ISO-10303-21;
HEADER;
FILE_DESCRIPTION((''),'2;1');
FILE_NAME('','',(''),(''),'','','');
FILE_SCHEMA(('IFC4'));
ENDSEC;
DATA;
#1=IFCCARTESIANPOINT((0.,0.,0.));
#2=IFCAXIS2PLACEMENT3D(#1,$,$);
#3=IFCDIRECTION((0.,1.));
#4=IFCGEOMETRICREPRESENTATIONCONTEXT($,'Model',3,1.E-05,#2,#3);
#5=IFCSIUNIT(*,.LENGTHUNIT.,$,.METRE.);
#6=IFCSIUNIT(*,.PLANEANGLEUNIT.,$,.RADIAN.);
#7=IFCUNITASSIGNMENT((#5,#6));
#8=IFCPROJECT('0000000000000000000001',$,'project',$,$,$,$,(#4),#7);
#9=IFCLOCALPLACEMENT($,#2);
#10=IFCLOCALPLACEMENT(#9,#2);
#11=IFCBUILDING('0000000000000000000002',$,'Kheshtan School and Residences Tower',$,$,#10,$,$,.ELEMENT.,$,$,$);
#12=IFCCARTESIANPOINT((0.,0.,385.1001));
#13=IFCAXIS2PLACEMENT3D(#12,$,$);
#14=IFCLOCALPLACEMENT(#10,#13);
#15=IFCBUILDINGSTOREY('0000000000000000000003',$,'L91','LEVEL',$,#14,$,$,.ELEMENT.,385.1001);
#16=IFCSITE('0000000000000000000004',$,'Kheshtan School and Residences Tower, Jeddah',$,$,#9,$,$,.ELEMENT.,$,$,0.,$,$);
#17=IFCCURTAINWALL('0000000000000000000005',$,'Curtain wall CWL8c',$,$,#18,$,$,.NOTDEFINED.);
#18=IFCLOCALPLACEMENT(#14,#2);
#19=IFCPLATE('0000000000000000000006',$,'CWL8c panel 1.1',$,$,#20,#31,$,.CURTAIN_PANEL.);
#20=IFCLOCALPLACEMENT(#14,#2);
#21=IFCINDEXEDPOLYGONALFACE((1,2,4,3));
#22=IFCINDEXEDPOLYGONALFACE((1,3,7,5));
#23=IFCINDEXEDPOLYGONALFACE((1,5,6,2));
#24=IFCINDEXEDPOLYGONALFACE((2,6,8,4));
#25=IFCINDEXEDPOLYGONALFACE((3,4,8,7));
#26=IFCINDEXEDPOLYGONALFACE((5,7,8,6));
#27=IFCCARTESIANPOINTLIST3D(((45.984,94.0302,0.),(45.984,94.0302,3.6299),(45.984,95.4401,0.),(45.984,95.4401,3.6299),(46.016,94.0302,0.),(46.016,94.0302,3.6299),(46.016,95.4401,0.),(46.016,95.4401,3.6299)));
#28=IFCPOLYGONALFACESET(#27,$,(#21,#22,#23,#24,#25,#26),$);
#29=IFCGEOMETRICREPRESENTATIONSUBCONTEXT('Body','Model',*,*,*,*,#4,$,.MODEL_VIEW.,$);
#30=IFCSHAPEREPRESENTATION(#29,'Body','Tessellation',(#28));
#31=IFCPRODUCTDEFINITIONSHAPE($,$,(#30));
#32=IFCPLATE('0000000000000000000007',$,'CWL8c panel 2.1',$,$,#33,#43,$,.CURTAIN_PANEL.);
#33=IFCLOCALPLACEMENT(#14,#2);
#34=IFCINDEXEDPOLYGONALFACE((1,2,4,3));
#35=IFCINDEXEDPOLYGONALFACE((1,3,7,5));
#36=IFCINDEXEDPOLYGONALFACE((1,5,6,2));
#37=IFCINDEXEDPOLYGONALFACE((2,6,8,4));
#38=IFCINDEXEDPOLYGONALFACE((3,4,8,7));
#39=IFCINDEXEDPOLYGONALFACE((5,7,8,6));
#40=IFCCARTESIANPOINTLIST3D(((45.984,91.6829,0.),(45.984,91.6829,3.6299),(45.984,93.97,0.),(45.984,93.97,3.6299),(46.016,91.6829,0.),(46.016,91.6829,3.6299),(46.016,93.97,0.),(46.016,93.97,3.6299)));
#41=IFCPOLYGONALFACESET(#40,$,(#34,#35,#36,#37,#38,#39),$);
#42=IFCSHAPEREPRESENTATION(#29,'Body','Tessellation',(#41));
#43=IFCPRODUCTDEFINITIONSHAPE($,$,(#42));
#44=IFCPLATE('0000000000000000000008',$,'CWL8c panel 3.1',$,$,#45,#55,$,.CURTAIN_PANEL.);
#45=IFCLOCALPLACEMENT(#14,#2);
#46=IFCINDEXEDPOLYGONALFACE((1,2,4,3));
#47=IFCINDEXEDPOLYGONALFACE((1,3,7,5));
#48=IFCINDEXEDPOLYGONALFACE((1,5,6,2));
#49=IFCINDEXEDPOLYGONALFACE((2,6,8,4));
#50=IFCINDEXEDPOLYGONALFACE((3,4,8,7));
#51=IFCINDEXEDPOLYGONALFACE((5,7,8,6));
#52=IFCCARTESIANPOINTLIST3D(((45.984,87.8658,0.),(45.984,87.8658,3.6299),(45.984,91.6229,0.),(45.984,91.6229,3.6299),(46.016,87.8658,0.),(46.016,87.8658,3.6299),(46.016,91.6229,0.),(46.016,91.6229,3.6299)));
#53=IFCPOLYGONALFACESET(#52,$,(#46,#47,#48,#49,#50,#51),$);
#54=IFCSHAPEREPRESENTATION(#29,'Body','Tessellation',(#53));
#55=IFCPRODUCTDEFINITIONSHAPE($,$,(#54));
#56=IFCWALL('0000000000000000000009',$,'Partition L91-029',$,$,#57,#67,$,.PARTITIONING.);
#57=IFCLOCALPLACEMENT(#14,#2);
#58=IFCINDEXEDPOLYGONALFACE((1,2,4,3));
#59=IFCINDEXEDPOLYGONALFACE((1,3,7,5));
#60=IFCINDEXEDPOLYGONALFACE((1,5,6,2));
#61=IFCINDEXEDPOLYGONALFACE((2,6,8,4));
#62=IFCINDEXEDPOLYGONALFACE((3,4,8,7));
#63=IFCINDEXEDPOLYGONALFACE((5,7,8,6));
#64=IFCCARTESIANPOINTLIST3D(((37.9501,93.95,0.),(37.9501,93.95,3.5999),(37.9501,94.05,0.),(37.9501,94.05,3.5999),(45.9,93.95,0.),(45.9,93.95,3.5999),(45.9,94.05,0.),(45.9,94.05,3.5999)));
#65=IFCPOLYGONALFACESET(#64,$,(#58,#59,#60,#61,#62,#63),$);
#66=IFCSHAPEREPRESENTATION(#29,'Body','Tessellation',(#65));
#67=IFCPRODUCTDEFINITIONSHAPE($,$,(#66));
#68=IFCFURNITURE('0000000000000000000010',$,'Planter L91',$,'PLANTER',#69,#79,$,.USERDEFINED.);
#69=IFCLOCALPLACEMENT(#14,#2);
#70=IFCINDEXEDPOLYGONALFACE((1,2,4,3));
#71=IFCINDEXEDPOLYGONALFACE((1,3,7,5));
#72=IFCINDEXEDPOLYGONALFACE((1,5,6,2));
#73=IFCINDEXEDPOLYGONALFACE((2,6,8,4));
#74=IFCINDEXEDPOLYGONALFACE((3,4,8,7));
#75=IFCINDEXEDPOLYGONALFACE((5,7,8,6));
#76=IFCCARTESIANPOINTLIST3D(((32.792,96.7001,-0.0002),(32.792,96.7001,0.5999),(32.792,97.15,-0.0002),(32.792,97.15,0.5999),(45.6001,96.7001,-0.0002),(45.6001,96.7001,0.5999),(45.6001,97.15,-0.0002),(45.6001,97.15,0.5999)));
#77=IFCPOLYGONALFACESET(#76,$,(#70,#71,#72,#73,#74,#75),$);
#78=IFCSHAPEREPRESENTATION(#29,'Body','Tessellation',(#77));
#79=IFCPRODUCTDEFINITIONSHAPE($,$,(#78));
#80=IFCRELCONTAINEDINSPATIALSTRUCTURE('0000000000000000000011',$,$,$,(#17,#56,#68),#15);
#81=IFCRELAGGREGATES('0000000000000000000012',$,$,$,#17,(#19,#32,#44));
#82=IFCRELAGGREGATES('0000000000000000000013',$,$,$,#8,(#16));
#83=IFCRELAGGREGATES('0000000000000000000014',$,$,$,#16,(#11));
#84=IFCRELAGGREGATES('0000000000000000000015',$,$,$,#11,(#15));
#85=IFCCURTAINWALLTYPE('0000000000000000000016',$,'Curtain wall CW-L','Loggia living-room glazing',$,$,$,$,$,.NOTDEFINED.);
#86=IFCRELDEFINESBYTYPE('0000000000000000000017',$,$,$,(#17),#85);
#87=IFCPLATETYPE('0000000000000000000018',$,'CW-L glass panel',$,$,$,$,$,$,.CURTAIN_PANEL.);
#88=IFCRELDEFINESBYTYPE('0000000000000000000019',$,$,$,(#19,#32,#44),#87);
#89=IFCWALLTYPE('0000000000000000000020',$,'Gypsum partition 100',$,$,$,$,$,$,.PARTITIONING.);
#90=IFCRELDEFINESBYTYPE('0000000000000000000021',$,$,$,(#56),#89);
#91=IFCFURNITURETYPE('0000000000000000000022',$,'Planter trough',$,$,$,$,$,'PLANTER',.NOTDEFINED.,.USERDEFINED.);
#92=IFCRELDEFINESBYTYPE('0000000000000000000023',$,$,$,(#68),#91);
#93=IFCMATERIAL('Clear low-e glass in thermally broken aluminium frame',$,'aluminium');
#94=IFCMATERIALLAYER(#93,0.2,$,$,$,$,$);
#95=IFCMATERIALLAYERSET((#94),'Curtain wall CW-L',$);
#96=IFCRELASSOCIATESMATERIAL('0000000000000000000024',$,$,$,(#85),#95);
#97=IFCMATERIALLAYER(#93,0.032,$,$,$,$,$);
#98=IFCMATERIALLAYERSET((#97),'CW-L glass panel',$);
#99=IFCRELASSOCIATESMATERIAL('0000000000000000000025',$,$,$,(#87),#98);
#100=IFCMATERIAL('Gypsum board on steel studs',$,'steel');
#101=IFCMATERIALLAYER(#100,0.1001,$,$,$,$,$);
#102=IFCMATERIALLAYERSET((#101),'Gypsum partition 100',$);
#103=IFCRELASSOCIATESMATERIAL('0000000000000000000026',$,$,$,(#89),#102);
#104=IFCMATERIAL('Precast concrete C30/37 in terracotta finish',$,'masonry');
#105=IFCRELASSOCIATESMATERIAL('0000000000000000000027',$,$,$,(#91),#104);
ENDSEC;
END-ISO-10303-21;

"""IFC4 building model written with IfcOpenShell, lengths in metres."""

from ifc_helpers import new_model, si_unit, direction, frame, frame_2d, origin, origin_2d, place, context, subcontext, project, spatial, rectangle, extrude, material, layer, layer_set, type_object, element, aggregate, save


model = new_model("IFC4")

# Units and contexts
model_context = context("Model", 3, precision=1e-05, world=origin(), true_north=direction((0.0, 1.0)))
body_context = subcontext(model_context, "Body", "Model", "MODEL_VIEW")
ifc_project = project(units=[si_unit("LENGTHUNIT", "METRE"), si_unit("PLANEANGLEUNIT", "RADIAN")], contexts=[model_context])

# Site, building, storey
site_placement = place(None, origin())
site = spatial("IfcSite", under=ifc_project, at=site_placement, Name="Kheshtan School and Residences Tower, Jeddah", CompositionType="ELEMENT", RefElevation=0.0)
building_placement = place(site_placement, origin())
building = spatial("IfcBuilding", under=site, at=building_placement, Name="Kheshtan School and Residences Tower", CompositionType="ELEMENT")
storey_placement = place(building_placement, frame((0.0, 0.0, 385.1001)))
storey = spatial("IfcBuildingStorey", under=building, at=storey_placement, Name="L91", Description="LEVEL", CompositionType="ELEMENT", Elevation=385.1001)

# Curtain wall
ifc_material_1 = material(Name="Clear low-e glass in thermally broken aluminium frame", Category="aluminium")
ifc_layer_1 = layer(ifc_material_1, 0.2)
ifc_layer_set_1 = layer_set([ifc_layer_1], Name="Curtain wall CW-L")
curtain_wall_type = type_object("IfcCurtainWallType", Name="Curtain wall CW-L", Description="Loggia living-room glazing", PredefinedType="NOTDEFINED", material=ifc_layer_set_1)
curtain_wall_1_placement = place(storey_placement, origin())
curtain_wall_1 = element("IfcCurtainWall", 1, at=curtain_wall_1_placement, inside=storey, type_object=curtain_wall_type, Name="Curtain wall CWL8c", PredefinedType="NOTDEFINED")

# Plates
ifc_layer_2 = layer(ifc_material_1, 0.032)
ifc_layer_set_2 = layer_set([ifc_layer_2], Name="CW-L glass panel")
plate_type = type_object("IfcPlateType", Name="CW-L glass panel", PredefinedType="CURTAIN_PANEL", material=ifc_layer_set_2)
plate_1_placement = place(storey_placement, frame((46.0, 94.7351, 0.0), z_axis=(0.0, 0.0, 1.0), x_axis=(0.0, -1.0, 0.0)))
plate_1 = element("IfcPlate", 2, at=plate_1_placement, type_object=plate_type, Name="CWL8c panel 1.1", PredefinedType="CURTAIN_PANEL", context=body_context, shape_type="SweptSolid", body=[
    extrude(rectangle(XDim=1.4099, YDim=0.032, at=origin_2d()), origin(), (0.0, 0.0, 1.0), 3.6299),
])
plate_2_placement = place(storey_placement, frame((46.0, 92.8264, 0.0), z_axis=(0.0, 0.0, 1.0), x_axis=(0.0, -1.0, 0.0)))
plate_2 = element("IfcPlate", 3, at=plate_2_placement, type_object=plate_type, Name="CWL8c panel 2.1", PredefinedType="CURTAIN_PANEL", context=body_context, shape_type="SweptSolid", body=[
    extrude(rectangle(XDim=2.2871, YDim=0.032, at=origin_2d()), origin(), (0.0, 0.0, 1.0), 3.6299),
])
plate_3_placement = place(storey_placement, frame((46.0, 89.7444, 0.0), z_axis=(0.0, 0.0, 1.0), x_axis=(0.0, -1.0, 0.0)))
plate_3 = element("IfcPlate", 4, at=plate_3_placement, type_object=plate_type, Name="CWL8c panel 3.1", PredefinedType="CURTAIN_PANEL", context=body_context, shape_type="SweptSolid", body=[
    extrude(rectangle(XDim=3.7571, YDim=0.032, at=origin_2d()), origin(), (0.0, 0.0, 1.0), 3.6299),
])
aggregate(curtain_wall_1, [plate_1, plate_2, plate_3])

# Wall
ifc_material_2 = material(Name="Gypsum board on steel studs", Category="steel")
ifc_layer_3 = layer(ifc_material_2, 0.1001)
ifc_layer_set_3 = layer_set([ifc_layer_3], Name="Gypsum partition 100")
wall_type_1 = type_object("IfcWallType", Name="Gypsum partition 100", PredefinedType="PARTITIONING", material=ifc_layer_set_3)
wall_1_placement = place(storey_placement, frame((37.95, 94.0, 0.0), z_axis=(0.0, 0.0, 1.0), x_axis=(1.0, 0.0, 0.0)))
element("IfcWall", 5, at=wall_1_placement, inside=storey, type_object=wall_type_1, Name="Partition L91-029", PredefinedType="PARTITIONING", context=body_context, shape_type="SweptSolid", body=[
    extrude(rectangle(XDim=7.95, YDim=0.1001, at=frame_2d((3.9751, 0.0))), origin(), (0.0, 0.0, 1.0), 3.5999),
])

# Furniture
ifc_material_3 = material(Name="Precast concrete C30/37 in terracotta finish", Category="masonry")
furniture_type = type_object("IfcFurnitureType", Name="Planter trough", ElementType="PLANTER", AssemblyPlace="NOTDEFINED", PredefinedType="USERDEFINED", material=ifc_material_3)
furniture_placement = place(storey_placement, frame((39.196, 96.925, -0.0002), z_axis=(0.0, 0.0, 1.0), x_axis=(1.0, 0.0, 0.0)))
element("IfcFurniture", 6, at=furniture_placement, inside=storey, type_object=furniture_type, Name="Planter L91", ObjectType="PLANTER", PredefinedType="USERDEFINED", context=body_context, shape_type="SweptSolid", body=[
    extrude(rectangle(XDim=12.8081, YDim=0.45, at=origin_2d()), origin(), (0.0, 0.0, 1.0), 0.6001),
])

save(model, "model.ifc")
